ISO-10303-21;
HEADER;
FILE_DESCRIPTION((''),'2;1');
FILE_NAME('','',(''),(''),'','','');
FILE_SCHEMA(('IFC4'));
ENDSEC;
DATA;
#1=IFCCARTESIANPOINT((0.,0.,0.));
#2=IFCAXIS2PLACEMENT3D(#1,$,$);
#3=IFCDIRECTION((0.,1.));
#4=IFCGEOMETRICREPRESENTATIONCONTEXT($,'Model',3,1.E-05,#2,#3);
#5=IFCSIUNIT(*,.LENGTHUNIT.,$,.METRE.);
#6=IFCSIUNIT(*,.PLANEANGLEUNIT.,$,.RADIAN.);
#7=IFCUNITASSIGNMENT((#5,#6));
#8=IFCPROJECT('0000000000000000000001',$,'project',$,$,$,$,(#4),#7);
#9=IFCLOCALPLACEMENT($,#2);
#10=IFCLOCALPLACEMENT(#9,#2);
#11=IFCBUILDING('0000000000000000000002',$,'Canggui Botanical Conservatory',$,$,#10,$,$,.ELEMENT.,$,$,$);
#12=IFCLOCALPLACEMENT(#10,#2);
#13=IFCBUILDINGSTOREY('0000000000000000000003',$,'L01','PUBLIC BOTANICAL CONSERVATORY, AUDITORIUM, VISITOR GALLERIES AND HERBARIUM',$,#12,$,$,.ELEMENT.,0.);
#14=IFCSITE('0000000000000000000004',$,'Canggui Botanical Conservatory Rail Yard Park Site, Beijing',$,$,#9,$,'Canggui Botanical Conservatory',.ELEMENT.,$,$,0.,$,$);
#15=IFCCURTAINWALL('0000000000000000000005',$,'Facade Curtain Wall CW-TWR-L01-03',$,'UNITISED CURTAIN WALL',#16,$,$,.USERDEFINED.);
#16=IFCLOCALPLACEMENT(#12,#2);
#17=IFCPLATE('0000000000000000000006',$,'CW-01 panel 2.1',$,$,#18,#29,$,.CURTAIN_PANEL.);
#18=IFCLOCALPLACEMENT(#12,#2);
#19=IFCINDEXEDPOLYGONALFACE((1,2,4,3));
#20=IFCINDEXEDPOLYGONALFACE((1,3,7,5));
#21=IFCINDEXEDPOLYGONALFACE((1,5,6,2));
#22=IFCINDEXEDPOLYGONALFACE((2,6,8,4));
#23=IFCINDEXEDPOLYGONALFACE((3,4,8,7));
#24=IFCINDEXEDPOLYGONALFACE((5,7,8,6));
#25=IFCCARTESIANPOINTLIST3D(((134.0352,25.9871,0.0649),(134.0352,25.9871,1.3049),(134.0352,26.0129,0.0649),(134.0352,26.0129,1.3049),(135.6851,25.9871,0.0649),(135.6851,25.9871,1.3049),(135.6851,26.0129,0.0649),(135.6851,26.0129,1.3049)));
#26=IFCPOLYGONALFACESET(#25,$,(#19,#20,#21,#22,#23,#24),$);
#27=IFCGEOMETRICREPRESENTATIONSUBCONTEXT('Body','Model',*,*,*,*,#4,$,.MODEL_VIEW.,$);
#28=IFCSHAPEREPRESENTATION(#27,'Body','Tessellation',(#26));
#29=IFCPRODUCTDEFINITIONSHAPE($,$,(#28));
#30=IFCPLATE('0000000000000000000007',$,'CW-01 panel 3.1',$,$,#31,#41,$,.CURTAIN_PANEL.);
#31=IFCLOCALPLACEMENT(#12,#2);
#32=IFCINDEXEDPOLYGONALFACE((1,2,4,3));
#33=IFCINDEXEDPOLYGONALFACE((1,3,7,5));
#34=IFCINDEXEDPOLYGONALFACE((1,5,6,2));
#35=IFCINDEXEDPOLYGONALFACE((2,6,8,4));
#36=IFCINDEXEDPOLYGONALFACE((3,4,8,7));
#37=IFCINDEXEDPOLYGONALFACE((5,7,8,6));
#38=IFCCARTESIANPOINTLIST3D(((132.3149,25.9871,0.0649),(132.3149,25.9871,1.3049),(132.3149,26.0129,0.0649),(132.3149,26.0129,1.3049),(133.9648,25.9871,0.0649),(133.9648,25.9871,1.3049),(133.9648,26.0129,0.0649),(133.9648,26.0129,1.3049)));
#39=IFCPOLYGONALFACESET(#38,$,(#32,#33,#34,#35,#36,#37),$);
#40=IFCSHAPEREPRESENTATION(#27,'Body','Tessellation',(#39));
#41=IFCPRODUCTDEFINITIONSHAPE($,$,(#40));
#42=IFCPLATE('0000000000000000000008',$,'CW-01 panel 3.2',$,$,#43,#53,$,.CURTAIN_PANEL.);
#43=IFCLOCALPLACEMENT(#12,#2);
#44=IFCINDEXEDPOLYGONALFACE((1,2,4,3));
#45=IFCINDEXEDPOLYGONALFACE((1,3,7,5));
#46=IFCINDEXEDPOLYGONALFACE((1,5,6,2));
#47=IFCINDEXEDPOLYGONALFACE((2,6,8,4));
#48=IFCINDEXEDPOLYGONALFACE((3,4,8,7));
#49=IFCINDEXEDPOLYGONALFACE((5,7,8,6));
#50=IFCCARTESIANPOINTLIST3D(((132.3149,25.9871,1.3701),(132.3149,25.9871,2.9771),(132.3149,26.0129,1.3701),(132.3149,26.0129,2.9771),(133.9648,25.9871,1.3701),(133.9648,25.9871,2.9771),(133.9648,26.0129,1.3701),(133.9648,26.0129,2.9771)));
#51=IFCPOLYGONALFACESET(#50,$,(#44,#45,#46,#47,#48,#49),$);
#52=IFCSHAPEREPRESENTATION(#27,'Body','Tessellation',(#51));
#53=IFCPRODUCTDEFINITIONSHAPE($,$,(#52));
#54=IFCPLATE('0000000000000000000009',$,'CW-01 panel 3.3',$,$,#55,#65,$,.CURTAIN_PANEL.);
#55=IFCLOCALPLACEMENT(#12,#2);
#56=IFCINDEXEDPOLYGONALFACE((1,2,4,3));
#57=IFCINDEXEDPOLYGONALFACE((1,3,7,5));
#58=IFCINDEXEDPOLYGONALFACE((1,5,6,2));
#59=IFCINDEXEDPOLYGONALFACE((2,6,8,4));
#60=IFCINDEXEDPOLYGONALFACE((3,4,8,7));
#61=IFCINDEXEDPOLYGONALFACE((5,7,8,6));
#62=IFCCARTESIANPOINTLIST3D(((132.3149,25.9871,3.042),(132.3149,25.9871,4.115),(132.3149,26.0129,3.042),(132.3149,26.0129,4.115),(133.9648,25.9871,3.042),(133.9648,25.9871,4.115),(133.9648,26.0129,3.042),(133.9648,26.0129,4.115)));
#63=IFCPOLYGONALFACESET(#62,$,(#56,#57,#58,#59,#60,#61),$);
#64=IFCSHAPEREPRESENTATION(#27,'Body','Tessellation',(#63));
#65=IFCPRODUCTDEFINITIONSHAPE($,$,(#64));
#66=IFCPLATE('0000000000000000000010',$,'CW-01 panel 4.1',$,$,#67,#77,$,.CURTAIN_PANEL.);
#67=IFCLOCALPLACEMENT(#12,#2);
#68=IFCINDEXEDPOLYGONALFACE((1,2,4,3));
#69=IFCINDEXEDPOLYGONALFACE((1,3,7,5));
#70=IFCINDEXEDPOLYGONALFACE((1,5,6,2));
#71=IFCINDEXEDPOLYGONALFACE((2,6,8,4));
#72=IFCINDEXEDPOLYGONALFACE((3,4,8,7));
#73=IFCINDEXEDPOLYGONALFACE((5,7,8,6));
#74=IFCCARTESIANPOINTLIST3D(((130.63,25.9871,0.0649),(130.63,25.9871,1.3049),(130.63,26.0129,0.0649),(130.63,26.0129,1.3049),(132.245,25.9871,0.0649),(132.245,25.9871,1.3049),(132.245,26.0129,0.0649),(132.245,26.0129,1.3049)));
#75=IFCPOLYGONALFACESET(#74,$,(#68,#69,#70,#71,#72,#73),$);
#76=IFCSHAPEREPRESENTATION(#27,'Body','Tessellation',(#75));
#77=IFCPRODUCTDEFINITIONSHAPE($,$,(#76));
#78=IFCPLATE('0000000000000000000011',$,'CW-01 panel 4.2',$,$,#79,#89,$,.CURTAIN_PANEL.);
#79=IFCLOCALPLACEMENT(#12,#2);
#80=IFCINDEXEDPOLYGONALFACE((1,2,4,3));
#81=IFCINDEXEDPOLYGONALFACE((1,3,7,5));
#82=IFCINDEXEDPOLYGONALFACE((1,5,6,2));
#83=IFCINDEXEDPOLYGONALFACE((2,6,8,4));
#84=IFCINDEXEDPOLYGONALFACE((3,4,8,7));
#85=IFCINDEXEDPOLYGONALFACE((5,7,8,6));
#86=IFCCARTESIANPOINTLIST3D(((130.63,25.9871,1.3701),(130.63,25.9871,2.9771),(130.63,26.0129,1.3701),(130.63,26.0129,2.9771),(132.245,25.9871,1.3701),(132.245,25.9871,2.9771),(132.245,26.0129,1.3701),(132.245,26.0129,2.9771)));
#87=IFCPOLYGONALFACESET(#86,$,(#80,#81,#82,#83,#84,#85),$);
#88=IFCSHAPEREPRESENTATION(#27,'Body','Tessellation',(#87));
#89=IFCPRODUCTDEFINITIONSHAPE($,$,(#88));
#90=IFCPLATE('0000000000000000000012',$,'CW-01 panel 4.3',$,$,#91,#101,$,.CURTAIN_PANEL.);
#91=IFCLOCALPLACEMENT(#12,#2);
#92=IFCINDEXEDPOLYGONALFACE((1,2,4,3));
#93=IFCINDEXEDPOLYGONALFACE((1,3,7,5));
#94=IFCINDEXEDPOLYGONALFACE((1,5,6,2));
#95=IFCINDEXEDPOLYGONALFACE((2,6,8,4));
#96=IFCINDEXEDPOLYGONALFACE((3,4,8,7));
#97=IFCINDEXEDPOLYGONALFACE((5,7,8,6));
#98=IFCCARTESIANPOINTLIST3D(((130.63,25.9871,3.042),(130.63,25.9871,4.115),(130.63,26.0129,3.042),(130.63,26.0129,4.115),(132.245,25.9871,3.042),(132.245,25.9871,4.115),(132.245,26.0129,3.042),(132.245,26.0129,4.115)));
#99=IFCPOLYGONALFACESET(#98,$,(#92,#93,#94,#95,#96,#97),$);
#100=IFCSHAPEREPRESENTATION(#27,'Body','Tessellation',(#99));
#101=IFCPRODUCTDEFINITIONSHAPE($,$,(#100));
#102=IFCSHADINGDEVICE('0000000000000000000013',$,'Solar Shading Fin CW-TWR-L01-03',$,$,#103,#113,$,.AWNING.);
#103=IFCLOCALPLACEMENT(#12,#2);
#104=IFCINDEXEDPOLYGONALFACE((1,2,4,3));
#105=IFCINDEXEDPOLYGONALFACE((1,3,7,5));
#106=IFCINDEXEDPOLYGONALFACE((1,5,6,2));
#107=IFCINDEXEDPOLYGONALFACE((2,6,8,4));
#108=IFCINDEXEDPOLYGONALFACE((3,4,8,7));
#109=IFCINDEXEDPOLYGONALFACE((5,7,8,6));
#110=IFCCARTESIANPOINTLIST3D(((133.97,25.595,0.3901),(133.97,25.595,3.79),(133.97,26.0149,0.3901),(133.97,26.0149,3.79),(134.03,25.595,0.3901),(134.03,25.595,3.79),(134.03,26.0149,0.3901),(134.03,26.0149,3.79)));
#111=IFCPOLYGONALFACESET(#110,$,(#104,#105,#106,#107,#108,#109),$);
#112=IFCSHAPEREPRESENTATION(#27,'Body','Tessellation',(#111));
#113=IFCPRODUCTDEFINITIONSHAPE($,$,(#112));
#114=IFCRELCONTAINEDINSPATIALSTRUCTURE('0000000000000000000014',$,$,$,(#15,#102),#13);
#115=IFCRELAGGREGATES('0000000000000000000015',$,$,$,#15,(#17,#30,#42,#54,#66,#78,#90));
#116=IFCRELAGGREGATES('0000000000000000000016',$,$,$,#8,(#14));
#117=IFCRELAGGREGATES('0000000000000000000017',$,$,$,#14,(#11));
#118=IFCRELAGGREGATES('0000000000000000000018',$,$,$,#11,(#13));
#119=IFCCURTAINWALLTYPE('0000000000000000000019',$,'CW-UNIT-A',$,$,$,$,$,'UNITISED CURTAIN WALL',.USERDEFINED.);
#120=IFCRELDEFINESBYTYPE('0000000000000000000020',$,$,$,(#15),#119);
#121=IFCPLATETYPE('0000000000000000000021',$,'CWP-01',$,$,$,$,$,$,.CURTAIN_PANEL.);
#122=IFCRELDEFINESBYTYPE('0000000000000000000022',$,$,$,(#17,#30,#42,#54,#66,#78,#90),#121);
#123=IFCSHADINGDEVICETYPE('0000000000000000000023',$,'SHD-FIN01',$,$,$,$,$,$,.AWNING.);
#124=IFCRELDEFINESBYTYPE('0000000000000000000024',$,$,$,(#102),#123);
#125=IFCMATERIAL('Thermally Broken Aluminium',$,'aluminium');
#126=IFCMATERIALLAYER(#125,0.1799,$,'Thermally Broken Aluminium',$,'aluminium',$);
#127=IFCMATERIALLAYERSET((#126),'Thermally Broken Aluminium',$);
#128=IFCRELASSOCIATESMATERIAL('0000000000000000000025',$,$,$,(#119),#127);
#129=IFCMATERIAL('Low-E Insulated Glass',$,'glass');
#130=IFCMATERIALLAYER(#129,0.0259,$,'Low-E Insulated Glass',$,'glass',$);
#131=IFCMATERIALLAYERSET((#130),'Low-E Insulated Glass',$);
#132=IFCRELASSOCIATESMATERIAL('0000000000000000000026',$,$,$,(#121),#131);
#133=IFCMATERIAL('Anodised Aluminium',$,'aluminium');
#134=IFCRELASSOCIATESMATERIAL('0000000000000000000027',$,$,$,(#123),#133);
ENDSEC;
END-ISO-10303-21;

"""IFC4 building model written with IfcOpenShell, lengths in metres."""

from ifc_helpers import new_model, si_unit, direction, frame, origin, origin_2d, place, context, subcontext, project, spatial, rectangle, extrude, material, layer, layer_set, type_object, element, aggregate, save


model = new_model("IFC4")

# Units and contexts
model_context = context("Model", 3, precision=1e-05, world=origin(), true_north=direction((0.0, 1.0)))
body_context = subcontext(model_context, "Body", "Model", "MODEL_VIEW")
ifc_project = project(units=[si_unit("LENGTHUNIT", "METRE"), si_unit("PLANEANGLEUNIT", "RADIAN")], contexts=[model_context])

# Site, building, storey
site_placement = place(None, origin())
site = spatial("IfcSite", under=ifc_project, at=site_placement, Name="Canggui Botanical Conservatory Rail Yard Park Site, Beijing", LongName="Canggui Botanical Conservatory", CompositionType="ELEMENT", RefElevation=0.0)
building_placement = place(site_placement, origin())
building = spatial("IfcBuilding", under=site, at=building_placement, Name="Canggui Botanical Conservatory", CompositionType="ELEMENT")
storey_placement = place(building_placement, origin())
storey = spatial("IfcBuildingStorey", under=building, at=storey_placement, Name="L01", Description="PUBLIC BOTANICAL CONSERVATORY, AUDITORIUM, VISITOR GALLERIES AND HERBARIUM", CompositionType="ELEMENT", Elevation=0.0)

# Curtain wall, plates
ifc_material_1 = material(Name="Thermally Broken Aluminium", Category="aluminium")
ifc_layer_1 = layer(ifc_material_1, 0.1799, Name="Thermally Broken Aluminium", Category="aluminium")
ifc_layer_set_1 = layer_set([ifc_layer_1], Name="Thermally Broken Aluminium")
curtain_wall_type = type_object("IfcCurtainWallType", Name="CW-UNIT-A", ElementType="UNITISED CURTAIN WALL", PredefinedType="USERDEFINED", material=ifc_layer_set_1)
curtain_wall_placement = place(storey_placement, origin())
curtain_wall = element("IfcCurtainWall", 1, at=curtain_wall_placement, inside=storey, type_object=curtain_wall_type, Name="Facade Curtain Wall CW-TWR-L01-03", ObjectType="UNITISED CURTAIN WALL", PredefinedType="USERDEFINED")
ifc_material_2 = material(Name="Low-E Insulated Glass", Category="glass")
ifc_layer_2 = layer(ifc_material_2, 0.0259, Name="Low-E Insulated Glass", Category="glass")
ifc_layer_set_2 = layer_set([ifc_layer_2], Name="Low-E Insulated Glass")
plate_type = type_object("IfcPlateType", Name="CWP-01", PredefinedType="CURTAIN_PANEL", material=ifc_layer_set_2)
plate_1_placement = place(storey_placement, frame((134.8601, 26.0, 0.0649), z_axis=(0.0, 0.0, 1.0), x_axis=(-1.0, 0.0, 0.0)))
plate_1 = element("IfcPlate", 2, at=plate_1_placement, type_object=plate_type, Name="CW-01 panel 2.1", PredefinedType="CURTAIN_PANEL", context=body_context, shape_type="SweptSolid", body=[
    extrude(rectangle(XDim=1.6499, YDim=0.0259, at=origin_2d()), origin(), (0.0, 0.0, 1.0), 1.24),
])
plate_2_placement = place(storey_placement, frame((133.1399, 26.0, 0.0649), z_axis=(0.0, 0.0, 1.0), x_axis=(-1.0, 0.0, 0.0)))
plate_2 = element("IfcPlate", 3, at=plate_2_placement, type_object=plate_type, Name="CW-01 panel 3.1", PredefinedType="CURTAIN_PANEL", context=body_context, shape_type="SweptSolid", body=[
    extrude(rectangle(XDim=1.6499, YDim=0.0259, at=origin_2d()), origin(), (0.0, 0.0, 1.0), 1.24),
])
plate_3_placement = place(storey_placement, frame((133.1399, 26.0, 1.3701), z_axis=(0.0, 0.0, 1.0), x_axis=(-1.0, 0.0, 0.0)))
plate_3 = element("IfcPlate", 4, at=plate_3_placement, type_object=plate_type, Name="CW-01 panel 3.2", PredefinedType="CURTAIN_PANEL", context=body_context, shape_type="SweptSolid", body=[
    extrude(rectangle(XDim=1.6499, YDim=0.0259, at=origin_2d()), origin(), (0.0, 0.0, 1.0), 1.6069),
])
plate_4_placement = place(storey_placement, frame((133.1399, 26.0, 3.042), z_axis=(0.0, 0.0, 1.0), x_axis=(-1.0, 0.0, 0.0)))
plate_4 = element("IfcPlate", 5, at=plate_4_placement, type_object=plate_type, Name="CW-01 panel 3.3", PredefinedType="CURTAIN_PANEL", context=body_context, shape_type="SweptSolid", body=[
    extrude(rectangle(XDim=1.6499, YDim=0.0259, at=origin_2d()), origin(), (0.0, 0.0, 1.0), 1.073),
])
plate_5_placement = place(storey_placement, frame((131.4375, 26.0, 0.0649), z_axis=(0.0, 0.0, 1.0), x_axis=(-1.0, 0.0, 0.0)))
plate_5 = element("IfcPlate", 6, at=plate_5_placement, type_object=plate_type, Name="CW-01 panel 4.1", PredefinedType="CURTAIN_PANEL", context=body_context, shape_type="SweptSolid", body=[
    extrude(rectangle(XDim=1.615, YDim=0.0259, at=origin_2d()), origin(), (0.0, 0.0, 1.0), 1.24),
])
plate_6_placement = place(storey_placement, frame((131.4375, 26.0, 1.3701), z_axis=(0.0, 0.0, 1.0), x_axis=(-1.0, 0.0, 0.0)))
plate_6 = element("IfcPlate", 7, at=plate_6_placement, type_object=plate_type, Name="CW-01 panel 4.2", PredefinedType="CURTAIN_PANEL", context=body_context, shape_type="SweptSolid", body=[
    extrude(rectangle(XDim=1.615, YDim=0.0259, at=origin_2d()), origin(), (0.0, 0.0, 1.0), 1.6069),
])
plate_7_placement = place(storey_placement, frame((131.4375, 26.0, 3.042), z_axis=(0.0, 0.0, 1.0), x_axis=(-1.0, 0.0, 0.0)))
plate_7 = element("IfcPlate", 8, at=plate_7_placement, type_object=plate_type, Name="CW-01 panel 4.3", PredefinedType="CURTAIN_PANEL", context=body_context, shape_type="SweptSolid", body=[
    extrude(rectangle(XDim=1.615, YDim=0.0259, at=origin_2d()), origin(), (0.0, 0.0, 1.0), 1.073),
])
aggregate(curtain_wall, [plate_1, plate_2, plate_3, plate_4, plate_5, plate_6, plate_7])

# Shading device
ifc_material_3 = material(Name="Anodised Aluminium", Category="aluminium")
shading_device_type = type_object("IfcShadingDeviceType", Name="SHD-FIN01", PredefinedType="AWNING", material=ifc_material_3)
shading_device_placement = place(storey_placement, frame((134.0, 25.8049, 0.3901), z_axis=(0.0, 0.0, 1.0), x_axis=(-1.0, 0.0, 0.0)))
element("IfcShadingDevice", 9, at=shading_device_placement, inside=storey, type_object=shading_device_type, Name="Solar Shading Fin CW-TWR-L01-03", PredefinedType="AWNING", context=body_context, shape_type="SweptSolid", body=[
    extrude(rectangle(XDim=0.0601, YDim=0.4199, at=origin_2d()), origin(), (0.0, 0.0, 1.0), 3.3999),
])

save(model, "model.ifc")
